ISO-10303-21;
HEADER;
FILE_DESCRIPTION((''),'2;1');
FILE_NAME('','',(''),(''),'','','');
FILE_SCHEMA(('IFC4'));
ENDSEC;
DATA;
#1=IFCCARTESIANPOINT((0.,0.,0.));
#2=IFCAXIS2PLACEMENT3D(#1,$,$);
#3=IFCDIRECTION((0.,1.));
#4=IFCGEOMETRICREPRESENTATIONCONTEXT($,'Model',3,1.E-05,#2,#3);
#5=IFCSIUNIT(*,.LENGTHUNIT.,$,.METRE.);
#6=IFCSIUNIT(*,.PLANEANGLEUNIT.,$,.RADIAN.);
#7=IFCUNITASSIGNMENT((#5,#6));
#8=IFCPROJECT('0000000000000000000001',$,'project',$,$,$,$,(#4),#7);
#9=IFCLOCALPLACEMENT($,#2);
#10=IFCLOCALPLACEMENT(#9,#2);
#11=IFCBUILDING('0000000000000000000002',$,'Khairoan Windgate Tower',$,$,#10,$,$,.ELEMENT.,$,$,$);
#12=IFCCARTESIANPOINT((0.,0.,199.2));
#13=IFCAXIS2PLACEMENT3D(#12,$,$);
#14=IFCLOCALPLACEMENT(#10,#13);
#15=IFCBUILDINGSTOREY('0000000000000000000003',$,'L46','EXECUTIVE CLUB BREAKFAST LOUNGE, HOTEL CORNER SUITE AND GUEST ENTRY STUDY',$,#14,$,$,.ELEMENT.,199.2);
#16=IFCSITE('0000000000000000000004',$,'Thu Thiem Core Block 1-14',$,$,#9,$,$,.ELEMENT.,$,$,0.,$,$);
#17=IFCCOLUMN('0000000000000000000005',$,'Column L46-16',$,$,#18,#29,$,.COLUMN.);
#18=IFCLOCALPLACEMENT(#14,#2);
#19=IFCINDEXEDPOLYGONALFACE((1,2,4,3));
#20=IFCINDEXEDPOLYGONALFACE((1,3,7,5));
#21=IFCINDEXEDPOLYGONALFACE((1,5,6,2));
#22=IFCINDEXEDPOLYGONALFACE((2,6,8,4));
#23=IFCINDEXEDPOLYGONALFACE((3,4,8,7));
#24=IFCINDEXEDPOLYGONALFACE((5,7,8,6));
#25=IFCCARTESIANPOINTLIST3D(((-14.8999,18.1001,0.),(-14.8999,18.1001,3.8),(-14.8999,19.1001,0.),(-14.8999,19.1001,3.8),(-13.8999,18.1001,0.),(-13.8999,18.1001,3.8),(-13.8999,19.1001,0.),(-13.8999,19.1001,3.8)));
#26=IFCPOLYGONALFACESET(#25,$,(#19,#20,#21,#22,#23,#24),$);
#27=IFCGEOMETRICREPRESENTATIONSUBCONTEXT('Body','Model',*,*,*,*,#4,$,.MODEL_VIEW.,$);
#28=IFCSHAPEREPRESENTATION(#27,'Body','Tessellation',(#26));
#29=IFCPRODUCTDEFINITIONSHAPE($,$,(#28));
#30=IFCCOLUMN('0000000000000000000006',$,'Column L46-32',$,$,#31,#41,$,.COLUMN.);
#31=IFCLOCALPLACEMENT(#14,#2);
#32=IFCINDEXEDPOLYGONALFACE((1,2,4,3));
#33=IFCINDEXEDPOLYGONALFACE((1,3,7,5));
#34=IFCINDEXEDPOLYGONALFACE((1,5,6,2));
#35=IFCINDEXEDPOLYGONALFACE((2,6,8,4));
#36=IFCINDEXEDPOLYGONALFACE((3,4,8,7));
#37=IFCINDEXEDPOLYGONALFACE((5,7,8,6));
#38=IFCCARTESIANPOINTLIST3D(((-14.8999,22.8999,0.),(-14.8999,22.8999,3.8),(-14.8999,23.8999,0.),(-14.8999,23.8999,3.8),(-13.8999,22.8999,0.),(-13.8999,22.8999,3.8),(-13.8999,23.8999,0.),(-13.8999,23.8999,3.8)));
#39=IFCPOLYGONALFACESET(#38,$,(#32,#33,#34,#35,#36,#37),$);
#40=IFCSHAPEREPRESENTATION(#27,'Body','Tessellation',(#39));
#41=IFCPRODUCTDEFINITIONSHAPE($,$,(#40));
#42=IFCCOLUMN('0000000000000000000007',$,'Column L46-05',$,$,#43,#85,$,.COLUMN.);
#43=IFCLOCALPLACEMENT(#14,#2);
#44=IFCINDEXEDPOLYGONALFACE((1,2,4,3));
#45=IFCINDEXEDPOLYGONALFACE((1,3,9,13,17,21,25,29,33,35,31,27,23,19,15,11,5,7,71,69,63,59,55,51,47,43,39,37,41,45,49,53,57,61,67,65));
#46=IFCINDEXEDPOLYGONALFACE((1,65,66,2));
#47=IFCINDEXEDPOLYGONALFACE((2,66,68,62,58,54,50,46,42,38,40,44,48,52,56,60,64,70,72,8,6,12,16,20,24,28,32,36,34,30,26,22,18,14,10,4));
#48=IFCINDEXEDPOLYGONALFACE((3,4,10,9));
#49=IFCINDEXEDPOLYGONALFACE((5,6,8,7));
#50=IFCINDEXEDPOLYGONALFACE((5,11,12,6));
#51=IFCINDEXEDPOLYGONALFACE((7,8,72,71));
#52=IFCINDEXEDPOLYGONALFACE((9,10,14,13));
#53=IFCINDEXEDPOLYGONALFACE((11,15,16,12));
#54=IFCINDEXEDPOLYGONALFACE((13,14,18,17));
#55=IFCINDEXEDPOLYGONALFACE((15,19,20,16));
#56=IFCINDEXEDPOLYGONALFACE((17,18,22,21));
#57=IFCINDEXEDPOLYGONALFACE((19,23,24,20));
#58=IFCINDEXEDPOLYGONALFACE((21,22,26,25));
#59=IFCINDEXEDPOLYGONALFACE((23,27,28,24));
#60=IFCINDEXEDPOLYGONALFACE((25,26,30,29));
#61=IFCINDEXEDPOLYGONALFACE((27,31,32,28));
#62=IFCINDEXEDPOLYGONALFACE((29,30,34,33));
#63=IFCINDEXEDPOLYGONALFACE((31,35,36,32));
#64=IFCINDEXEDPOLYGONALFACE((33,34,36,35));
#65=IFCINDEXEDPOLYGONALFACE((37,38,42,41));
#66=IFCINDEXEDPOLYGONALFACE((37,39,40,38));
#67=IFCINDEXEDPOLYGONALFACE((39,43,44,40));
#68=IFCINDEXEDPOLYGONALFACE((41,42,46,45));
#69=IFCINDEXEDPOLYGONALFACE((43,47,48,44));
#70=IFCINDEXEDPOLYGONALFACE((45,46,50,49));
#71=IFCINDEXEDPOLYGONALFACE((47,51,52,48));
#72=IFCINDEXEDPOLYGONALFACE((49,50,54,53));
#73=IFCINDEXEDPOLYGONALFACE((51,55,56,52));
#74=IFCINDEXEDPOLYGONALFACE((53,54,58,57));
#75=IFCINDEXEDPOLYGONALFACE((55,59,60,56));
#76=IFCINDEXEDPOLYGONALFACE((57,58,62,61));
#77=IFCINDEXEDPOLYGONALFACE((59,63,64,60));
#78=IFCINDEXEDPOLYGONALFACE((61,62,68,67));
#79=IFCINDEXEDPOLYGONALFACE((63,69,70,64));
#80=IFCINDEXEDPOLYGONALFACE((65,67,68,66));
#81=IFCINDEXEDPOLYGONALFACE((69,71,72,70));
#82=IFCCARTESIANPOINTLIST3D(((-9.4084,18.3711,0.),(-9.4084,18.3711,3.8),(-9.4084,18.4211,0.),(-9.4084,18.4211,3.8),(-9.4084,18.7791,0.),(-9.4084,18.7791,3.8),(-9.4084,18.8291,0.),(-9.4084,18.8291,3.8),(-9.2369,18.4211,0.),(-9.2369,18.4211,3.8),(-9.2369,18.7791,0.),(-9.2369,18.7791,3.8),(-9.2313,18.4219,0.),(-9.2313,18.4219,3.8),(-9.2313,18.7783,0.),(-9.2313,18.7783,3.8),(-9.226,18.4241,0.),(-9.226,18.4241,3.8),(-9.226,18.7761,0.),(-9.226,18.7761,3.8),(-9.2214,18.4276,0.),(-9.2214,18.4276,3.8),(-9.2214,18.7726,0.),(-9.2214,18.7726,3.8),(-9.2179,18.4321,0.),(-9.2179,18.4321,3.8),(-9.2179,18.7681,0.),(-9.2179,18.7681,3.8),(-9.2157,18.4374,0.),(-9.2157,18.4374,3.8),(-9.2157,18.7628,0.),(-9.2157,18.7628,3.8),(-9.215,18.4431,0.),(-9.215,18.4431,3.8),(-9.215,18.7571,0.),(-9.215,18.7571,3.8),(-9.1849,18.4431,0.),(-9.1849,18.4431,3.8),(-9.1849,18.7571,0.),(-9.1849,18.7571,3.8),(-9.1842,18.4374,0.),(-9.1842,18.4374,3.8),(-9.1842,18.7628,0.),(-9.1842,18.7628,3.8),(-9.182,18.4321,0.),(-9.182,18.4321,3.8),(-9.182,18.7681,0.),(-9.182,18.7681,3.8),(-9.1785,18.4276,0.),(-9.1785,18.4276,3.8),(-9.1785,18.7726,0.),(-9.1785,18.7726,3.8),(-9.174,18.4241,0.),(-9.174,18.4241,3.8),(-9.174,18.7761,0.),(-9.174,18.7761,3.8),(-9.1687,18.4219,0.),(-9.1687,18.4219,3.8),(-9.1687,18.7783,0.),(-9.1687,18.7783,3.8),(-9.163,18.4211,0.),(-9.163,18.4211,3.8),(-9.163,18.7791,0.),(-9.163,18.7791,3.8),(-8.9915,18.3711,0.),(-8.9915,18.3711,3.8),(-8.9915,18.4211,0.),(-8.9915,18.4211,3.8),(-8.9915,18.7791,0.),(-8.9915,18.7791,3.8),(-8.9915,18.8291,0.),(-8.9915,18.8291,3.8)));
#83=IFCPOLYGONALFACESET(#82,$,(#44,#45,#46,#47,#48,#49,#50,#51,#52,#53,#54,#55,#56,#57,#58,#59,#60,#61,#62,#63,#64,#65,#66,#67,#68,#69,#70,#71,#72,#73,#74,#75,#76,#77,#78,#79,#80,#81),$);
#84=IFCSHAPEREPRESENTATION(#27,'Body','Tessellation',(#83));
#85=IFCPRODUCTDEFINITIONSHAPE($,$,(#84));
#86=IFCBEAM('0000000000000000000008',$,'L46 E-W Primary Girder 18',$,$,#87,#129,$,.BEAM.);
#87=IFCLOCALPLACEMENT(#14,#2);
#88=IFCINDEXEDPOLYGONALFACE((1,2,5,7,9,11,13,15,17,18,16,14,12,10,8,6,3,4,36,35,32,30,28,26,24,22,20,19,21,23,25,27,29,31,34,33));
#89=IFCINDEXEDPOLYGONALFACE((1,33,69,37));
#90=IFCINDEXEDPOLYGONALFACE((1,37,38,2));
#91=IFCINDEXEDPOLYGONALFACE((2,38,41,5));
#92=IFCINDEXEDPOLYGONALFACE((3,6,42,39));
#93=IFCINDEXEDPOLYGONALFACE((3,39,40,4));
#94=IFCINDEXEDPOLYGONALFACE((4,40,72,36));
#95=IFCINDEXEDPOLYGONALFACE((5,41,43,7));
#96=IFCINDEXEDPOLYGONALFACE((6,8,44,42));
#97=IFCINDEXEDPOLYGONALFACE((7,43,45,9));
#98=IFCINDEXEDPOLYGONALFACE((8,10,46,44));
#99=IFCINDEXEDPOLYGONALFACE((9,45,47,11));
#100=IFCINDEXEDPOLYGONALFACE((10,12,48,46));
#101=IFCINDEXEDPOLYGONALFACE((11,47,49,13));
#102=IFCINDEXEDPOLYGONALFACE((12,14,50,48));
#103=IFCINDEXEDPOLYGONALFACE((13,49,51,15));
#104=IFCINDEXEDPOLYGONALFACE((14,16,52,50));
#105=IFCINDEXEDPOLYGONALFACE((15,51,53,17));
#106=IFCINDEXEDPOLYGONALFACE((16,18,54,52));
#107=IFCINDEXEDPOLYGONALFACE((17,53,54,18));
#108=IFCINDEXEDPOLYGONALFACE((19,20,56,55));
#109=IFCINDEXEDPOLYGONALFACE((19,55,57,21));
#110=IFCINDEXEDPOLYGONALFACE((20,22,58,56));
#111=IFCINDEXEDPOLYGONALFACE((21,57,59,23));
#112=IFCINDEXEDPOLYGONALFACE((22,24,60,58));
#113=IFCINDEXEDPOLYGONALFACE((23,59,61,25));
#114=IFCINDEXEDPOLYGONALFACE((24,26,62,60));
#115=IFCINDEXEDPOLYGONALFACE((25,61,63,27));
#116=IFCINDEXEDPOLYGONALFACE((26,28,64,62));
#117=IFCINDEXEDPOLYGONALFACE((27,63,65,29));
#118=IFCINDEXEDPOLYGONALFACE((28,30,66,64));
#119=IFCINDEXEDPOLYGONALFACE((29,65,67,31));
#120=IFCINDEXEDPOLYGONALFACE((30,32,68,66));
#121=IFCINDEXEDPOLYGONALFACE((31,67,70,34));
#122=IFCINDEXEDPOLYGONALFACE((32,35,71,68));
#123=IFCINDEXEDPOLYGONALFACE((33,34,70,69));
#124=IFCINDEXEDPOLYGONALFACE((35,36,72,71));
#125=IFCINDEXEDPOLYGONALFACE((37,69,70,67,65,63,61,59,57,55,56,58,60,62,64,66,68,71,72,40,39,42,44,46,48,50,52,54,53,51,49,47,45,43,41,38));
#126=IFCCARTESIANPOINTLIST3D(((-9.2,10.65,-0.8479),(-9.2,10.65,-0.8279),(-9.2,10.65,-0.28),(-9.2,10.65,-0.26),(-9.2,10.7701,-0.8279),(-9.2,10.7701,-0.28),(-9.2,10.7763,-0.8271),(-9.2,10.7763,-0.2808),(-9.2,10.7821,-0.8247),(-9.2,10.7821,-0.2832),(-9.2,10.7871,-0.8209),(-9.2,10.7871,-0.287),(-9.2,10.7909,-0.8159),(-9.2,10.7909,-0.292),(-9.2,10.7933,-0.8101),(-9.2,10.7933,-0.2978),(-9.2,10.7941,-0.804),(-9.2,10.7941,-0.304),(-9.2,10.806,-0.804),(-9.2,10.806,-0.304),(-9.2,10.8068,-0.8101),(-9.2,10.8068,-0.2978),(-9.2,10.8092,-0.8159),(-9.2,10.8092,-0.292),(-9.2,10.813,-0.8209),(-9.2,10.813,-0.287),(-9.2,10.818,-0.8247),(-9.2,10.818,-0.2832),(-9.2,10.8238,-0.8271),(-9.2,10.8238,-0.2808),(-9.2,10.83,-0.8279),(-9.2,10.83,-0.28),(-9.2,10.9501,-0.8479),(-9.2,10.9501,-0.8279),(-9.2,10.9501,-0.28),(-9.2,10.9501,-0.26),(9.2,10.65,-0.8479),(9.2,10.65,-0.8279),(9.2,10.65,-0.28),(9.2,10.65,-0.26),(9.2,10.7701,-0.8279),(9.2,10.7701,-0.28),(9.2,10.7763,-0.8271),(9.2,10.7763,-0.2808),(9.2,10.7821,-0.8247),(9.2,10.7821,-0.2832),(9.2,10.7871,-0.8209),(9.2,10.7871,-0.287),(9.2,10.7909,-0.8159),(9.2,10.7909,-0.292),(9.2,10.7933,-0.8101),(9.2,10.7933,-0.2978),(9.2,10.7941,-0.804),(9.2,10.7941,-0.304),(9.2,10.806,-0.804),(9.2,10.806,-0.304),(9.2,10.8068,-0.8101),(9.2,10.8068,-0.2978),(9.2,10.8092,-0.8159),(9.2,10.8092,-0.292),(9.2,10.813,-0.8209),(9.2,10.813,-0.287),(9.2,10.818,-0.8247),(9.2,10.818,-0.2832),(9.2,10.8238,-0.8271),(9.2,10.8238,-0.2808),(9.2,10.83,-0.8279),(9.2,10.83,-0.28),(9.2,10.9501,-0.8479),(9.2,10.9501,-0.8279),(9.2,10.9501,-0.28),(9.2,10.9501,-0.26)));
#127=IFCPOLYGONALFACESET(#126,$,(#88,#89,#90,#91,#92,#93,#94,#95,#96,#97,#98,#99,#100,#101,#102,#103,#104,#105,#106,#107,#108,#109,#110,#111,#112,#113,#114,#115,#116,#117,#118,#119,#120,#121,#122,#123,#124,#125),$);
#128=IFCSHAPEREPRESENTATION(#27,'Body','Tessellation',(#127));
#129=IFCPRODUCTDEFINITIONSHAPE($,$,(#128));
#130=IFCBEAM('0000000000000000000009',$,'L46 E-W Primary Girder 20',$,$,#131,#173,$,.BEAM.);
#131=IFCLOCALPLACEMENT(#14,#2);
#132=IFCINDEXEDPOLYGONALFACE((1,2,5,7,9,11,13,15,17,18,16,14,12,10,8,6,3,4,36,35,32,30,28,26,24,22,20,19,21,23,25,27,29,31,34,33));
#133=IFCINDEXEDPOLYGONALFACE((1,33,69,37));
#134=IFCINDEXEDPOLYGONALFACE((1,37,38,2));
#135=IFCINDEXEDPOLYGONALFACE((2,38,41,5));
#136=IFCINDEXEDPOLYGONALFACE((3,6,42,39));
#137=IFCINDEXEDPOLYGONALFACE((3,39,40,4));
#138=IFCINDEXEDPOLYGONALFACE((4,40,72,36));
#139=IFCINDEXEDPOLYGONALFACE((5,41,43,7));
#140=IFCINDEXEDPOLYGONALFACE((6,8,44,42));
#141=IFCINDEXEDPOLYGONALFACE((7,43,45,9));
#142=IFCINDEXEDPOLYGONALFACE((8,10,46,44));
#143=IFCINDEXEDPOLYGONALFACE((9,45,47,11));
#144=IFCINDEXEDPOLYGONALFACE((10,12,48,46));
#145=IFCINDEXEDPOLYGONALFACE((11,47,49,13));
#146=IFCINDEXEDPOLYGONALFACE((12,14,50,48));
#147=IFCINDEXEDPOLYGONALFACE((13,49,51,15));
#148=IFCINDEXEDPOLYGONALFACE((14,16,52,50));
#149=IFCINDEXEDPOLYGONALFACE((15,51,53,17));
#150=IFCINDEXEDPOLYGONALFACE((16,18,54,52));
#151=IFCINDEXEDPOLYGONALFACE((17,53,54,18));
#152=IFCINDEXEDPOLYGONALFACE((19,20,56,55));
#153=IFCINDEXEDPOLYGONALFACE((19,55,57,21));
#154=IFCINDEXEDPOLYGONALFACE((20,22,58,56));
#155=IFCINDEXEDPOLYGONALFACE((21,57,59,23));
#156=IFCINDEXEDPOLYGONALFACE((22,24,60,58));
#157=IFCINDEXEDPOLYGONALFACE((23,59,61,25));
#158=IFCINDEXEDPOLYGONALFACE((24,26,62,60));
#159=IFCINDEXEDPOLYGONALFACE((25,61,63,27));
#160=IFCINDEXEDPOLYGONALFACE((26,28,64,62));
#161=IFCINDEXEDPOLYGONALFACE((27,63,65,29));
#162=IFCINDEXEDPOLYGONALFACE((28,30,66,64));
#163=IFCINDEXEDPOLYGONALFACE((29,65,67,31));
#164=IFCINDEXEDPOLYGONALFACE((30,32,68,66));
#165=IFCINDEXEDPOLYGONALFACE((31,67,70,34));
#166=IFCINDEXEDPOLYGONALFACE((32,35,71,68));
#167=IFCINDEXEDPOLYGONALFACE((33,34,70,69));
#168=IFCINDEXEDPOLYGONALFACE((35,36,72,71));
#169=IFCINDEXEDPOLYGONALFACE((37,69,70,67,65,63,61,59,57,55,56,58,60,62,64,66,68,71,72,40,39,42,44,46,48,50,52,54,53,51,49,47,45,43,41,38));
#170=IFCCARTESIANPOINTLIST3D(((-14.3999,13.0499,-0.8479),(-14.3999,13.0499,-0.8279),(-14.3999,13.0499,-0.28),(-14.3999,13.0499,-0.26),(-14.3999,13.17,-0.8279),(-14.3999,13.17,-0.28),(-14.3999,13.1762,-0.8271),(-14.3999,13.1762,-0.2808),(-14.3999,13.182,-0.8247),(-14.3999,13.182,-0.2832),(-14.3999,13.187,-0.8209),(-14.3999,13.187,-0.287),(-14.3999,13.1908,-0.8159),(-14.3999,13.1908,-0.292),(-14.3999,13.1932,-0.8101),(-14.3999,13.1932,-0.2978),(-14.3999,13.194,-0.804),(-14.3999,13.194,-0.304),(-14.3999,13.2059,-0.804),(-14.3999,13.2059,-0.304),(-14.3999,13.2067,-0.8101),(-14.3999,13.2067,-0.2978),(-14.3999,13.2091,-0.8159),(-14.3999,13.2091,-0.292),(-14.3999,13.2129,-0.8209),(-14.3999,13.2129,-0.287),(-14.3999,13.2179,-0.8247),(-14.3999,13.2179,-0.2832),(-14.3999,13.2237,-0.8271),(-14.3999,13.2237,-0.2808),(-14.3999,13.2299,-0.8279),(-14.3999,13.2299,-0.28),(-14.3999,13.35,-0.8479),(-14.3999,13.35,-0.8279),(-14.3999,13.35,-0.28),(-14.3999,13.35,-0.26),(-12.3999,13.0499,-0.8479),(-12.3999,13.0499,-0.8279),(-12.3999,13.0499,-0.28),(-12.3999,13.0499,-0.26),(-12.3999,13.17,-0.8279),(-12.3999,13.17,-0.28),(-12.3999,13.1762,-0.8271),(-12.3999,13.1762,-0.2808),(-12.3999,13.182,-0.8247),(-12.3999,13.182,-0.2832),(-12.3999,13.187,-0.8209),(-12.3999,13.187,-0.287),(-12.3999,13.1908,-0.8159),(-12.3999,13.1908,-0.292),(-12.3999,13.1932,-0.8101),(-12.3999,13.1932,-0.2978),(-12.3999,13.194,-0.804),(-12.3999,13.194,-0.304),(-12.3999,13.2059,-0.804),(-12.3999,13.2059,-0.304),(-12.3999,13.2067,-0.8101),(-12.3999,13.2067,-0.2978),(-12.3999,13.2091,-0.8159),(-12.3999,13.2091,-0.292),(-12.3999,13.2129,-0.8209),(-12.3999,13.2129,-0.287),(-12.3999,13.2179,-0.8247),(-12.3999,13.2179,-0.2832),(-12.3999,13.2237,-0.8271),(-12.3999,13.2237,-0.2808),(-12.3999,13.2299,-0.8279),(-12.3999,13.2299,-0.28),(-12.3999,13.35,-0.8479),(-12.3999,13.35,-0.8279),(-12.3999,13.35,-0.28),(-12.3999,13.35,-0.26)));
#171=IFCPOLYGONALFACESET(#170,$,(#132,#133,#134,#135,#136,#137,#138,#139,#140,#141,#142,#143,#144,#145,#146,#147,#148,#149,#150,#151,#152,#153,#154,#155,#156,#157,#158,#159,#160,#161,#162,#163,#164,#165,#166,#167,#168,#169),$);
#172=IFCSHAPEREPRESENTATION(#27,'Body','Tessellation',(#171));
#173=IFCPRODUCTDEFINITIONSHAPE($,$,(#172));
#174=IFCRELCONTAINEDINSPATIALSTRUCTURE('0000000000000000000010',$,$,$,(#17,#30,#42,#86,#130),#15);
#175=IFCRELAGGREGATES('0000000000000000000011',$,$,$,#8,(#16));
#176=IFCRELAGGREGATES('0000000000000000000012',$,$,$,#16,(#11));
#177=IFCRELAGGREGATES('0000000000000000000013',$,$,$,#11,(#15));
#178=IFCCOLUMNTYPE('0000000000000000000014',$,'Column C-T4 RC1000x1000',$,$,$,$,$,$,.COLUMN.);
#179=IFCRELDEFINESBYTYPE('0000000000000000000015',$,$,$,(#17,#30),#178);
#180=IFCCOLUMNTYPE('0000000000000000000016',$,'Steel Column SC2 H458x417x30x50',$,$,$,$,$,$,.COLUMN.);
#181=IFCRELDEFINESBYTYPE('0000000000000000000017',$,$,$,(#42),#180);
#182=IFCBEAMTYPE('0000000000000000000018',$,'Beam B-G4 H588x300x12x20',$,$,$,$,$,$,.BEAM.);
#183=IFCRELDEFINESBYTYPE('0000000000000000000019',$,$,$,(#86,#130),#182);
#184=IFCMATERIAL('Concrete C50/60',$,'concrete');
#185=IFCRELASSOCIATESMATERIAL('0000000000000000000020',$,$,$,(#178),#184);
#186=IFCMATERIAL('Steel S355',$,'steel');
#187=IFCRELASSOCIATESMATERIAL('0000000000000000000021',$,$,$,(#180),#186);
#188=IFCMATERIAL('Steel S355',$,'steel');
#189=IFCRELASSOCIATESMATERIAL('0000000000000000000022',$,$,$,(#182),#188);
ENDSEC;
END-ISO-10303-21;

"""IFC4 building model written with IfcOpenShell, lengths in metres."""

from ifc_helpers import new_model, si_unit, direction, frame, origin, origin_2d, place, context, subcontext, project, spatial, rectangle, i_section, extrude, material, material_profile, profile_set, type_object, element, save


model = new_model("IFC4")

# Units and contexts
model_context = context("Model", 3, precision=1e-05, world=origin(), true_north=direction((0.0, 1.0)))
body_context = subcontext(model_context, "Body", "Model", "MODEL_VIEW")
ifc_project = project(units=[si_unit("LENGTHUNIT", "METRE"), si_unit("PLANEANGLEUNIT", "RADIAN")], contexts=[model_context])

# Site, building, storey
site_placement = place(None, origin())
site = spatial("IfcSite", under=ifc_project, at=site_placement, Name="Thu Thiem Core Block 1-14", CompositionType="ELEMENT", RefElevation=0.0)
building_placement = place(site_placement, origin())
building = spatial("IfcBuilding", under=site, at=building_placement, Name="Khairoan Windgate Tower", CompositionType="ELEMENT")
storey_placement = place(building_placement, frame((0.0, 0.0, 199.2)))
storey = spatial("IfcBuildingStorey", under=building, at=storey_placement, Name="L46", Description="EXECUTIVE CLUB BREAKFAST LOUNGE, HOTEL CORNER SUITE AND GUEST ENTRY STUDY", CompositionType="ELEMENT", Elevation=199.2)

# Columns
ifc_material_1 = material(Name="Concrete C50/60", Category="concrete")
ifc_material_profile_1 = material_profile(ifc_material_1, rectangle(XDim=1.0, YDim=1.0, at=origin_2d()))
ifc_profile_set_1 = profile_set([ifc_material_profile_1], Name="Concrete C50/60")
column_type_1 = type_object("IfcColumnType", Name="Column C-T4 RC1000x1000", PredefinedType="COLUMN", material=ifc_profile_set_1)
for number, where, z_axis, x_axis, name in (
    (1, (-14.3999, 18.6001, 0.0), (0.0, 0.0, 1.0), (1.0, 0.0, 0.0), "Column L46-16"),
    (2, (-14.3999, 23.3999, 0.0), (0.0, 0.0, 1.0), (1.0, 0.0, 0.0), "Column L46-32"),
):
    element("IfcColumn", number, at=place(storey_placement, frame(where, z_axis=z_axis, x_axis=x_axis)), inside=storey, type_object=column_type_1, Name=name, PredefinedType="COLUMN", context=body_context, shape_type="SweptSolid", body=[
        extrude(rectangle(XDim=1.0, YDim=1.0, at=origin_2d()), origin(), (0.0, 0.0, 1.0), 3.8),
    ])
ifc_material_2 = material(Name="Steel S355", Category="steel")
ifc_material_profile_2 = material_profile(ifc_material_2, i_section(OverallWidth=0.417, OverallDepth=0.458, WebThickness=0.03, FlangeThickness=0.05, FilletRadius=0.022, at=origin_2d()))
ifc_profile_set_2 = profile_set([ifc_material_profile_2], Name="Steel S355")
column_type_2 = type_object("IfcColumnType", Name="Steel Column SC2 H458x417x30x50", PredefinedType="COLUMN", material=ifc_profile_set_2)
column_placement = place(storey_placement, frame((-9.2, 18.6001, 0.0), z_axis=(0.0, 0.0, 1.0), x_axis=(1.0, 0.0, 0.0)))
element("IfcColumn", 3, at=column_placement, inside=storey, type_object=column_type_2, Name="Column L46-05", PredefinedType="COLUMN", context=body_context, shape_type="SweptSolid", body=[
    extrude(i_section(OverallWidth=0.417, OverallDepth=0.458, WebThickness=0.03, FlangeThickness=0.05, FilletRadius=0.022, at=origin_2d()), origin(), (0.0, 0.0, 1.0), 3.8),
])

# Beams
ifc_material_3 = material(Name="Steel S355", Category="steel")
ifc_material_profile_3 = material_profile(ifc_material_3, i_section(OverallWidth=0.3, OverallDepth=0.5879, WebThickness=0.012, FlangeThickness=0.02, FilletRadius=0.0239, at=origin_2d()))
ifc_profile_set_3 = profile_set([ifc_material_profile_3], Name="Steel S355")
beam_type = type_object("IfcBeamType", Name="Beam B-G4 H588x300x12x20", PredefinedType="BEAM", material=ifc_profile_set_3)
beam_1_placement = place(storey_placement, frame((-9.2, 10.8, -0.554), z_axis=(1.0, 0.0, 0.0), x_axis=(0.0, 1.0, 0.0)))
element("IfcBeam", 4, at=beam_1_placement, inside=storey, type_object=beam_type, Name="L46 E-W Primary Girder 18", PredefinedType="BEAM", context=body_context, shape_type="SweptSolid", body=[
    extrude(i_section(OverallWidth=0.3, OverallDepth=0.5879, WebThickness=0.012, FlangeThickness=0.02, FilletRadius=0.0239, at=origin_2d()), origin(), (0.0, 0.0, 1.0), 18.3999),
])
beam_2_placement = place(storey_placement, frame((-14.3999, 13.2, -0.554), z_axis=(1.0, 0.0, 0.0), x_axis=(0.0, 1.0, 0.0)))
element("IfcBeam", 5, at=beam_2_placement, inside=storey, type_object=beam_type, Name="L46 E-W Primary Girder 20", PredefinedType="BEAM", context=body_context, shape_type="SweptSolid", body=[
    extrude(i_section(OverallWidth=0.3, OverallDepth=0.5879, WebThickness=0.012, FlangeThickness=0.02, FilletRadius=0.0239, at=origin_2d()), origin(), (0.0, 0.0, 1.0), 2.0),
])

save(model, "model.ifc")
